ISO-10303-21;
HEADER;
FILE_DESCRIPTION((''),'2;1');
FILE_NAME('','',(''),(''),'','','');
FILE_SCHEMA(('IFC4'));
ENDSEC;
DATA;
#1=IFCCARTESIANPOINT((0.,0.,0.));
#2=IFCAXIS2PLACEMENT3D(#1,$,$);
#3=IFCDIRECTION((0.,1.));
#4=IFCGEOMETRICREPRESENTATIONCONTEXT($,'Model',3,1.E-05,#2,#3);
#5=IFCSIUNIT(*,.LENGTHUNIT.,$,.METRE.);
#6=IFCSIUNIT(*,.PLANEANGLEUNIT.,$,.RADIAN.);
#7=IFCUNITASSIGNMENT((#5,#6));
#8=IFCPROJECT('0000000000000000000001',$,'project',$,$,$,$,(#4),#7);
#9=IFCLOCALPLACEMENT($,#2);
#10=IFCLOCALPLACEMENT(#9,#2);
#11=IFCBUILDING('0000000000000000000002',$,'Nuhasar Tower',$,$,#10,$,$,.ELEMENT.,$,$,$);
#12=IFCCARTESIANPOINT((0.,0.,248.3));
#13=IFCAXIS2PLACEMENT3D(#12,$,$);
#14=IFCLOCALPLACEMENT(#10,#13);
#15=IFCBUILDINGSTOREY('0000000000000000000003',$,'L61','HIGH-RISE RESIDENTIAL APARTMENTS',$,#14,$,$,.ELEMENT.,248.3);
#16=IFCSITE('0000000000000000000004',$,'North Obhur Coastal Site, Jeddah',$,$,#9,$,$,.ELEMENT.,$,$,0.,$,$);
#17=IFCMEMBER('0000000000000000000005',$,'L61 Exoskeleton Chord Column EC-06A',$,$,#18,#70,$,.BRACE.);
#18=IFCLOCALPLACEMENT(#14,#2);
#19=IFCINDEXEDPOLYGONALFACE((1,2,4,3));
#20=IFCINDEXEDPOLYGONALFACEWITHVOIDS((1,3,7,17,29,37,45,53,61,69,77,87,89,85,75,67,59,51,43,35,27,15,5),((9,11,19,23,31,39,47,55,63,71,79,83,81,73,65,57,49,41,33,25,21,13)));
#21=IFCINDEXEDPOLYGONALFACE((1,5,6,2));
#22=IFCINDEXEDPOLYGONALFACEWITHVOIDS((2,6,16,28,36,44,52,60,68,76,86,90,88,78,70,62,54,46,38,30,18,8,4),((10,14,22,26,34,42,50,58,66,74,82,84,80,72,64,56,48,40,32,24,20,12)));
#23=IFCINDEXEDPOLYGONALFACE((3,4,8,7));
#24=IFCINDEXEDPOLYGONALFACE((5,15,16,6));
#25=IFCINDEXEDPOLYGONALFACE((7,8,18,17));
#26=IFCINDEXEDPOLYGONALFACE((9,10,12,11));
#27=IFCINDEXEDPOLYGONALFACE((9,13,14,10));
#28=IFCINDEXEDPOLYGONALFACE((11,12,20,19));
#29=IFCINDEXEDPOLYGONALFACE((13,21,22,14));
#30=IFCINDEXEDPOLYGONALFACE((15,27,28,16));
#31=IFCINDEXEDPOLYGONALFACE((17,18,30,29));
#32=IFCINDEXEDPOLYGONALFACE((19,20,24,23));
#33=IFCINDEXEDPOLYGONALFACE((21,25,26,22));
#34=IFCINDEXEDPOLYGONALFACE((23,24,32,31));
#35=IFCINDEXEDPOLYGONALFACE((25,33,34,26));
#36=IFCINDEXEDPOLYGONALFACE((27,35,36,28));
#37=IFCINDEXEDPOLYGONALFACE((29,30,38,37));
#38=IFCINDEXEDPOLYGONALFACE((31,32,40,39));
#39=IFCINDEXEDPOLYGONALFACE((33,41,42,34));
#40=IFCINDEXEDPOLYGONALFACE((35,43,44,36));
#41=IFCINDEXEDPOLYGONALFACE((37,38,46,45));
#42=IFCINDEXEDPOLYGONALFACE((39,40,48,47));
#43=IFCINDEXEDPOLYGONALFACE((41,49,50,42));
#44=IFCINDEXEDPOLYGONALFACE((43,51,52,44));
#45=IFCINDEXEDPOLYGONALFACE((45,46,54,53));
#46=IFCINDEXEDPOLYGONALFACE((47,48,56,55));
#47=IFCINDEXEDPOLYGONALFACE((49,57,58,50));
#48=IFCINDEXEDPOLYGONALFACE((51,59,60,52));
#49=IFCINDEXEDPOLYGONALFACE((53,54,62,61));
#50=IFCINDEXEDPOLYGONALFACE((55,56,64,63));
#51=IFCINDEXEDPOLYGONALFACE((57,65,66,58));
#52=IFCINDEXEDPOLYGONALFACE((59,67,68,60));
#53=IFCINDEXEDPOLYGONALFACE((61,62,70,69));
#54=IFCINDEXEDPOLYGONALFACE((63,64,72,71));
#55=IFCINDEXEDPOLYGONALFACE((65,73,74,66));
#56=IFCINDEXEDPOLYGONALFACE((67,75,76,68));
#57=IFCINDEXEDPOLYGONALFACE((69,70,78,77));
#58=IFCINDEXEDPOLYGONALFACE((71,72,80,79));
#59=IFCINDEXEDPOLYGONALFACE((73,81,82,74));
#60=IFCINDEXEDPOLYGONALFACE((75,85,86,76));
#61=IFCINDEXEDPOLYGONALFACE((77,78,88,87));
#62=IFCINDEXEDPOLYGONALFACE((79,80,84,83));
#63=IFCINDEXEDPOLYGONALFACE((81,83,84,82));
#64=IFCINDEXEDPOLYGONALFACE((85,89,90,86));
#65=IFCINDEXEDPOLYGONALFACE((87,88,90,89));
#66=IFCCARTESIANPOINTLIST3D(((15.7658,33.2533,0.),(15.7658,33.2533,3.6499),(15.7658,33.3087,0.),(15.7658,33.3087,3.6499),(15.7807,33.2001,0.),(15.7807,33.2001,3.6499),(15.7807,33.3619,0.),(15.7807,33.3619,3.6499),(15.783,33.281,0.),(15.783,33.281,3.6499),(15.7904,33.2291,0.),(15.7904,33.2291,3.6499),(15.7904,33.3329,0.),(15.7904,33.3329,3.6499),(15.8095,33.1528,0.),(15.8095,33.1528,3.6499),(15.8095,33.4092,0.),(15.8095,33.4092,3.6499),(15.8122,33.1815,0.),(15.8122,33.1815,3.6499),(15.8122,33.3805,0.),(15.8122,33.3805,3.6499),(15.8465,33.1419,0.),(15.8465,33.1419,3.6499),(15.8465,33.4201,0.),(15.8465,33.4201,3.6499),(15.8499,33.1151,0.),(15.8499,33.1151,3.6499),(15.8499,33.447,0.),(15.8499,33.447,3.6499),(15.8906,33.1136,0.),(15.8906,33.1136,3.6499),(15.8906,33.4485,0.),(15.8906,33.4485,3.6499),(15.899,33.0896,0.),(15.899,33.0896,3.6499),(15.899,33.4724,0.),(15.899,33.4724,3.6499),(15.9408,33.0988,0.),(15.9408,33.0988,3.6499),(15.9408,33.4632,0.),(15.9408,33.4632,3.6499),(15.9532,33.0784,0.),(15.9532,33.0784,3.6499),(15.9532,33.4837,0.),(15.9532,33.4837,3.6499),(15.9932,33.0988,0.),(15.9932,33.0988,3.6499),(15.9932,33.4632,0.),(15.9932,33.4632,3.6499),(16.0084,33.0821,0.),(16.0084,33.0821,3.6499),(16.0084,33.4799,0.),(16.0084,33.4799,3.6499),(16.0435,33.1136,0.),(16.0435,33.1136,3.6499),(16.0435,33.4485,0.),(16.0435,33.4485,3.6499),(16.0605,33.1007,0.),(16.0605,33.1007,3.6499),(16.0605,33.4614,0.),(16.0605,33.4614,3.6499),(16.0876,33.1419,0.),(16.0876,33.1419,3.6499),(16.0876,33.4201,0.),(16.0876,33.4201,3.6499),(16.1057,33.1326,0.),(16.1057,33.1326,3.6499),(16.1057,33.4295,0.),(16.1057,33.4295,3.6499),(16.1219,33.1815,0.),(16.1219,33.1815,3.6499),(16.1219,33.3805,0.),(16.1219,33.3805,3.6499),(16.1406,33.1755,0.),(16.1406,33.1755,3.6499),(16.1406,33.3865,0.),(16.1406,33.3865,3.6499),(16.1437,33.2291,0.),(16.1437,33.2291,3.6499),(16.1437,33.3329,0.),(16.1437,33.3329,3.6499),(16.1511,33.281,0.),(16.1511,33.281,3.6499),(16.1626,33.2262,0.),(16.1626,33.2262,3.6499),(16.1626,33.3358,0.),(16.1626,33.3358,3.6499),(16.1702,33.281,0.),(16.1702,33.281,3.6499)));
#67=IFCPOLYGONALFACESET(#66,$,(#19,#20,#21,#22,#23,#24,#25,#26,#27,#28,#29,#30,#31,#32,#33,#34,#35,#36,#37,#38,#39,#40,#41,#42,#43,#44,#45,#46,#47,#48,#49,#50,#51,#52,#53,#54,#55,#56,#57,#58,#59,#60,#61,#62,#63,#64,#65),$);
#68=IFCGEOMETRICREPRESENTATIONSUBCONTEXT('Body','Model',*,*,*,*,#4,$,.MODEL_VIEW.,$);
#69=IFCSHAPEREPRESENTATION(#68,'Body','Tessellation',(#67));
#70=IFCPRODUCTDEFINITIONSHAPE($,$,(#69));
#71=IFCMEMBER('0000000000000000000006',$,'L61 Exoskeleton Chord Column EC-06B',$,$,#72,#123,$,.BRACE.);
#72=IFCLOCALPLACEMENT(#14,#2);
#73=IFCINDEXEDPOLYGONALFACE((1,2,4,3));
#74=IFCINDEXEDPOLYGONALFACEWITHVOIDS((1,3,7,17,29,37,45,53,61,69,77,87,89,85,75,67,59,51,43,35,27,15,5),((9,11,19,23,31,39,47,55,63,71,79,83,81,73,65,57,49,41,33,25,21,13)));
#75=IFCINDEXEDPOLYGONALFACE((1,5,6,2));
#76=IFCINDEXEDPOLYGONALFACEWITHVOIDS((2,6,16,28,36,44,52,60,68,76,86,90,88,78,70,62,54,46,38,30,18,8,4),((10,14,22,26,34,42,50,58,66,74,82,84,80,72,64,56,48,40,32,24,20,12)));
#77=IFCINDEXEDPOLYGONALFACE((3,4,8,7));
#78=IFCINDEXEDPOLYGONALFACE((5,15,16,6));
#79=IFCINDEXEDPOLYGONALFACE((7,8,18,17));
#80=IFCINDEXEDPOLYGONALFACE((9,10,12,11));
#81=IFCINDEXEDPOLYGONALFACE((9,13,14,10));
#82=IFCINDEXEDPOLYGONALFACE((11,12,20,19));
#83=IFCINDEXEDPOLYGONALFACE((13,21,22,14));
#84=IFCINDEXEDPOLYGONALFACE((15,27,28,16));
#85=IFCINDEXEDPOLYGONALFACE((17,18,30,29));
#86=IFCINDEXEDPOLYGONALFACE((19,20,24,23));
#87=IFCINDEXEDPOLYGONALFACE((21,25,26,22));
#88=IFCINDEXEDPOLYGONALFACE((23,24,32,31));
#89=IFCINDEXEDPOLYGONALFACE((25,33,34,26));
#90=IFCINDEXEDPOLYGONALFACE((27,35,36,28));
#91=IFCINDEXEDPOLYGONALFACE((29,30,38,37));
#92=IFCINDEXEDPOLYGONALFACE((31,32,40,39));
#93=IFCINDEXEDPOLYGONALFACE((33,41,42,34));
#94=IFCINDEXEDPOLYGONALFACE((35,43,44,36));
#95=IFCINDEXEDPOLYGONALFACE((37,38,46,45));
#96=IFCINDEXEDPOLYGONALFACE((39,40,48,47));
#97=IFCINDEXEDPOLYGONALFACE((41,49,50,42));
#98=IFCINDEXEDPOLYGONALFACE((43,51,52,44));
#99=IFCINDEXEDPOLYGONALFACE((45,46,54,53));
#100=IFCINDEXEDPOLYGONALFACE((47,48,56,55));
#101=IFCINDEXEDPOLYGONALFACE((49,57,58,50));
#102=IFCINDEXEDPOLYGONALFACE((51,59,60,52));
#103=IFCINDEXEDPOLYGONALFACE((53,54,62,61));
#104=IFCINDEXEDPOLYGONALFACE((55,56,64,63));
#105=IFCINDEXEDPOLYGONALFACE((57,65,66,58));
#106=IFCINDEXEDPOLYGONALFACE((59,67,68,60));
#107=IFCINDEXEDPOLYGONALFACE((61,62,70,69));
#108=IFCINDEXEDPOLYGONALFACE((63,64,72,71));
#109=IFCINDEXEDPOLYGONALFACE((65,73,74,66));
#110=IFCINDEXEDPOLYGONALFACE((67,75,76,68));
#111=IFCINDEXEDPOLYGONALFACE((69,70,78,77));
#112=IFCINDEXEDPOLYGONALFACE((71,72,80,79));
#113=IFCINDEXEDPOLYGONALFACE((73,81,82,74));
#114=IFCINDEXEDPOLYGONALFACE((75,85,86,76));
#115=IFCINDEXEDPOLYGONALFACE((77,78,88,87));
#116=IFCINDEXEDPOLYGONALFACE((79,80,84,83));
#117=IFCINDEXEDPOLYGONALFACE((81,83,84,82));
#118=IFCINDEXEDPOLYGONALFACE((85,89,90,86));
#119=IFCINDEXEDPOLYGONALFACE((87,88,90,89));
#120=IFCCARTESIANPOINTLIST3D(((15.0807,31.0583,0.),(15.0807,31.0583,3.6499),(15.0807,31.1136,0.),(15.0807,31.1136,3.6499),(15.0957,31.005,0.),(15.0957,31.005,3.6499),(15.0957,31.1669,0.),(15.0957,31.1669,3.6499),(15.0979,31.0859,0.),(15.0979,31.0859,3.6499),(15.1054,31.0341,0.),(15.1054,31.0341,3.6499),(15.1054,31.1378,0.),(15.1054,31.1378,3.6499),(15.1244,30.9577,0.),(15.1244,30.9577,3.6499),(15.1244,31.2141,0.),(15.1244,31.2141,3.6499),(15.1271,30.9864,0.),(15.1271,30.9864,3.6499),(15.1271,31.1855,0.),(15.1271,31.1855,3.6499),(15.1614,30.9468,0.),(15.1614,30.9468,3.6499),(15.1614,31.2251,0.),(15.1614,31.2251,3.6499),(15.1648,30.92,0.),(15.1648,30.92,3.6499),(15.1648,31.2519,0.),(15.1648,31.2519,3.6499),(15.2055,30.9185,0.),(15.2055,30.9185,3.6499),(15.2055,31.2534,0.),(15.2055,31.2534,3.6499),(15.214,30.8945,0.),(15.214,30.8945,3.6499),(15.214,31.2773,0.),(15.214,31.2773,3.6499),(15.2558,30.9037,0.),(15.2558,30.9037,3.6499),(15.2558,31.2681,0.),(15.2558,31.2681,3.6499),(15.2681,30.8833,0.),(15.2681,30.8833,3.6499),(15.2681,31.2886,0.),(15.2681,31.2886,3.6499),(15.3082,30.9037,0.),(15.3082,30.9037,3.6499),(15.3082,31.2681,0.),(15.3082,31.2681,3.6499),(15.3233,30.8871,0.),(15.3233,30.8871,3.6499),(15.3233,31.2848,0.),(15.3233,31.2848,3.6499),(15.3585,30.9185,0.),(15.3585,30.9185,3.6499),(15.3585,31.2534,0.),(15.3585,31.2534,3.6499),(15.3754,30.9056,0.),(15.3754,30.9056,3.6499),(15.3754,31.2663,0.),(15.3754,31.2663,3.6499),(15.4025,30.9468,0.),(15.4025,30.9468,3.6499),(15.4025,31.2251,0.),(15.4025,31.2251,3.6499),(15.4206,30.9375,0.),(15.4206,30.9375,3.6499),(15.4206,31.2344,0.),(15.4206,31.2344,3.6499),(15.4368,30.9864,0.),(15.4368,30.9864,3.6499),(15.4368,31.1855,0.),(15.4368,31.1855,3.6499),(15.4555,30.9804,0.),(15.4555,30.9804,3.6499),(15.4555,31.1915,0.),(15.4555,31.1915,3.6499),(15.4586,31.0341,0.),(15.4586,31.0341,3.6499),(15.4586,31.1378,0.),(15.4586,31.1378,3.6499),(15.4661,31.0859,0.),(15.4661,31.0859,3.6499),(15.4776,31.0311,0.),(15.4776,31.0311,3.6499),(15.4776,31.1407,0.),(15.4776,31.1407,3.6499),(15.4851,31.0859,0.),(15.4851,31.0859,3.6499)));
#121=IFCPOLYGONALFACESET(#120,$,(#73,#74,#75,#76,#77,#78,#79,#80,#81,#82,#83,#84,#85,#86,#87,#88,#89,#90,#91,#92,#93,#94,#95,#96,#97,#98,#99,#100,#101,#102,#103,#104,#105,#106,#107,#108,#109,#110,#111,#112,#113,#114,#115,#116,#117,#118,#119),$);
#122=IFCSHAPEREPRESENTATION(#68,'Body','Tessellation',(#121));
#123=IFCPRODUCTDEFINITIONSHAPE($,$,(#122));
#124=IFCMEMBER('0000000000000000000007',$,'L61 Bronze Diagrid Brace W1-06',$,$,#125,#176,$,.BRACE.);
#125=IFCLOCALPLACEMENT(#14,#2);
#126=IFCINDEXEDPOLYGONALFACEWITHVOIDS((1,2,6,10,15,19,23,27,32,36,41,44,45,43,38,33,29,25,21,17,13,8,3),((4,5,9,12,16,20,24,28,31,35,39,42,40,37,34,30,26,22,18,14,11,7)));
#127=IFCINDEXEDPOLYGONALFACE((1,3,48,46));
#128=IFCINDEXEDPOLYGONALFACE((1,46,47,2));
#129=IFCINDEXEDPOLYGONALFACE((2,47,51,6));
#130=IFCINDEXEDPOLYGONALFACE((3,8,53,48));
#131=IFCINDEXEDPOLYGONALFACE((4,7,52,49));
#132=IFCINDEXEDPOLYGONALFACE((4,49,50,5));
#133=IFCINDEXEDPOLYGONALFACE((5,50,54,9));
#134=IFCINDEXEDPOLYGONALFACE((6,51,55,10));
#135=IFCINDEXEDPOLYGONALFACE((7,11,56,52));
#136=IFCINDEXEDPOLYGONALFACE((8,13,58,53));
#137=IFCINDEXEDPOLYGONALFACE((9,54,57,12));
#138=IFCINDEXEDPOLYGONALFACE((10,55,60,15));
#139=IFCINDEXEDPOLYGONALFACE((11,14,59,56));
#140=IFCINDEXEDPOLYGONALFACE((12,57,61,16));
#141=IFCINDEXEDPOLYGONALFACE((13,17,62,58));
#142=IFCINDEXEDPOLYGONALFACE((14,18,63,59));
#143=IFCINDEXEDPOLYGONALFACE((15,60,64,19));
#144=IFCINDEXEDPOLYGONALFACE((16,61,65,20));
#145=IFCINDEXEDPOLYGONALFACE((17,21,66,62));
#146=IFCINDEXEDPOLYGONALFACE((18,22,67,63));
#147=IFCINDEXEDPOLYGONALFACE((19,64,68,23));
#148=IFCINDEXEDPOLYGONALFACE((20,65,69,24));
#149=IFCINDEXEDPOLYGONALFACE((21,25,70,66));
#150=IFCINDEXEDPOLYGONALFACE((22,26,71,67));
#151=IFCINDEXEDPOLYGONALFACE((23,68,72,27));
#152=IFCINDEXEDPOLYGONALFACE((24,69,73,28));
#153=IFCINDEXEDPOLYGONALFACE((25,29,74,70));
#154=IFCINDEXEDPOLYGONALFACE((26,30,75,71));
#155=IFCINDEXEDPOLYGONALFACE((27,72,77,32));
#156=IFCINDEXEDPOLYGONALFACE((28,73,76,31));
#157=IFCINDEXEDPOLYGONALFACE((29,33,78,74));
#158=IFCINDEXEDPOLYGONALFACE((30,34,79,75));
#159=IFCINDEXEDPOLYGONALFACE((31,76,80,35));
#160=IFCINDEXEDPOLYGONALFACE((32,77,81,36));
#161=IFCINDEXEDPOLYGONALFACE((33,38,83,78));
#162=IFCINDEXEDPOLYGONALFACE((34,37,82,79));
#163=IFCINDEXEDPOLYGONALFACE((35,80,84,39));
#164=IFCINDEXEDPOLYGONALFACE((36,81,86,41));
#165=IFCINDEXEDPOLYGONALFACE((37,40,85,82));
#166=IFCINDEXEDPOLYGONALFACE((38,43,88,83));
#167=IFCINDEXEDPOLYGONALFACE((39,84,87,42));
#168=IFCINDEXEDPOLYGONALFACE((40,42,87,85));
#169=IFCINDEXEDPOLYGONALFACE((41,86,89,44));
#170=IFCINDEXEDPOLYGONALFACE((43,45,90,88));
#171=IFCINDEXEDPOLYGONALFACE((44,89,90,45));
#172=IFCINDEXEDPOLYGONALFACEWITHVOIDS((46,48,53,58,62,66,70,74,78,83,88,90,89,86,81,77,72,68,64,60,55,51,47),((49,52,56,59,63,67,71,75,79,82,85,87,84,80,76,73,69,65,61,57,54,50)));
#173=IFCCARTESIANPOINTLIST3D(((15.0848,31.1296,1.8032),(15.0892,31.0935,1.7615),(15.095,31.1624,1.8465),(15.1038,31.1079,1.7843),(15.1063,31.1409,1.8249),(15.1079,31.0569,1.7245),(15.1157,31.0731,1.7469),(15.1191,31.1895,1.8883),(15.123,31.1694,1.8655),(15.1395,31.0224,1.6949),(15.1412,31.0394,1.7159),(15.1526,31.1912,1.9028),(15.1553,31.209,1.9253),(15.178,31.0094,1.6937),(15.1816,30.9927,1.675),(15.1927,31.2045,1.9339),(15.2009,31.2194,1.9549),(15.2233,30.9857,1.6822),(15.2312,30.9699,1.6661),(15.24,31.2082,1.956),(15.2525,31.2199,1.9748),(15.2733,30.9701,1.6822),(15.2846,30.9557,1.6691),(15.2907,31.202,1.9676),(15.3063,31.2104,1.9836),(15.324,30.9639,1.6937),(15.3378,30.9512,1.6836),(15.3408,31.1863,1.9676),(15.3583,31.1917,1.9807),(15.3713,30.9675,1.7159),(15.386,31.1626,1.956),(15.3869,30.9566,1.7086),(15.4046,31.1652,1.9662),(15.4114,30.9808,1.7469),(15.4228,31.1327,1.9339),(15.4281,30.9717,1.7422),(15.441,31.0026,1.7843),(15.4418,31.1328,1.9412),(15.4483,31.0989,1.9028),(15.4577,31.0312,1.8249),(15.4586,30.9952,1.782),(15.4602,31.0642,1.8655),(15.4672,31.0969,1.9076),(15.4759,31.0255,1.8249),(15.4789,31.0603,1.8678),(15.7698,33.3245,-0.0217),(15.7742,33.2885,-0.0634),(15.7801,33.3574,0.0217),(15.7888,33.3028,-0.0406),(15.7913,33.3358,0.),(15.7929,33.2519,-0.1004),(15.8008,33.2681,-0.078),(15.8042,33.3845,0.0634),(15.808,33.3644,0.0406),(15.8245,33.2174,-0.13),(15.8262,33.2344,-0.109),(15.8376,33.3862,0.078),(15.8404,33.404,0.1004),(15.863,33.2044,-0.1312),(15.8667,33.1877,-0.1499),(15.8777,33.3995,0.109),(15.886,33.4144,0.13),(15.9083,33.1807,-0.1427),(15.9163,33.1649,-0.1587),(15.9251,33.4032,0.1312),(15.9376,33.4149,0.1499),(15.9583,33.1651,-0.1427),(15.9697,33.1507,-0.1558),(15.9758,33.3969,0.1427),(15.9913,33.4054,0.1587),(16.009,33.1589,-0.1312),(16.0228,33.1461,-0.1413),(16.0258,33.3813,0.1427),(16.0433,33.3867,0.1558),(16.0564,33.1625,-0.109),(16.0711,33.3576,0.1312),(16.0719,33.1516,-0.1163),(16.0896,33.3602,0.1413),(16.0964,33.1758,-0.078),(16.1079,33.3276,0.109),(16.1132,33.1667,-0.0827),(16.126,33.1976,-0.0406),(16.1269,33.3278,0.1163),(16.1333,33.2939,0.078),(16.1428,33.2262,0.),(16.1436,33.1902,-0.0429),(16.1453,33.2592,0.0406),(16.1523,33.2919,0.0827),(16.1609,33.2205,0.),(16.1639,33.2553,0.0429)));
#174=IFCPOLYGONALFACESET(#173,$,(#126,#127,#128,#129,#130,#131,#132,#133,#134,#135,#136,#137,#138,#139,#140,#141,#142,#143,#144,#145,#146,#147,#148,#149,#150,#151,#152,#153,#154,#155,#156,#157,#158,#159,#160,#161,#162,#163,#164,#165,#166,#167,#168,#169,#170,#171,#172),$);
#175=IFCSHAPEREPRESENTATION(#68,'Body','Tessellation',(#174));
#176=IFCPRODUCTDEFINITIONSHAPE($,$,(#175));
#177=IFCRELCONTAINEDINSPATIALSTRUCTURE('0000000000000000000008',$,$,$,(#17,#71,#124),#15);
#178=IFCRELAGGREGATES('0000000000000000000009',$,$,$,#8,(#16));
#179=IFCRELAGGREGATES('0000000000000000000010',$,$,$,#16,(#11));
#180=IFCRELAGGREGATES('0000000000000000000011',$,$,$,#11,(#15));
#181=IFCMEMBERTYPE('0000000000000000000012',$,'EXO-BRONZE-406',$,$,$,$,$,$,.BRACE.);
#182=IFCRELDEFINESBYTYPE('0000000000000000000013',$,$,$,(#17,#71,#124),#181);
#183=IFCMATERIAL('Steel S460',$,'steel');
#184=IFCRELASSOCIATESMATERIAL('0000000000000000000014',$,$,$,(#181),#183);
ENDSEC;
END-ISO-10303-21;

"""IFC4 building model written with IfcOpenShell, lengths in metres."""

from ifc_helpers import new_model, si_unit, direction, frame, origin, origin_2d, place, context, subcontext, project, spatial, hollow_circle, extrude, material, material_profile, profile_set, type_object, element, save


model = new_model("IFC4")

# Units and contexts
model_context = context("Model", 3, precision=1e-05, world=origin(), true_north=direction((0.0, 1.0)))
body_context = subcontext(model_context, "Body", "Model", "MODEL_VIEW")
ifc_project = project(units=[si_unit("LENGTHUNIT", "METRE"), si_unit("PLANEANGLEUNIT", "RADIAN")], contexts=[model_context])

# Site, building, storey
site_placement = place(None, origin())
site = spatial("IfcSite", under=ifc_project, at=site_placement, Name="North Obhur Coastal Site, Jeddah", CompositionType="ELEMENT", RefElevation=0.0)
building_placement = place(site_placement, origin())
building = spatial("IfcBuilding", under=site, at=building_placement, Name="Nuhasar Tower", CompositionType="ELEMENT")
storey_placement = place(building_placement, frame((0.0, 0.0, 248.3)))
storey = spatial("IfcBuildingStorey", under=building, at=storey_placement, Name="L61", Description="HIGH-RISE RESIDENTIAL APARTMENTS", CompositionType="ELEMENT", Elevation=248.3)

# Members
ifc_material_1 = material(Name="Steel S460", Category="steel")
ifc_material_profile_1 = material_profile(ifc_material_1, hollow_circle(Radius=0.2031, WallThickness=0.019, at=origin_2d()), Name="HSS406.4X19.1")
ifc_profile_set_1 = profile_set([ifc_material_profile_1], Name="Steel S460")
member_type_1 = type_object("IfcMemberType", Name="EXO-BRONZE-406", PredefinedType="BRACE", material=ifc_profile_set_1)
for number, where, z_axis, x_axis, name in (
    (1, (15.967, 33.281, 0.0), (0.0, 0.0, 1.0), (1.0, 0.0, 0.0), "L61 Exoskeleton Chord Column EC-06A"),
    (2, (15.282, 31.0859, 0.0), (0.0, 0.0, 1.0), (1.0, 0.0, 0.0), "L61 Exoskeleton Chord Column EC-06B"),
):
    element("IfcMember", number, at=place(storey_placement, frame(where, z_axis=z_axis, x_axis=x_axis)), inside=storey, type_object=member_type_1, Name=name, PredefinedType="BRACE", context=body_context, shape_type="SweptSolid", body=[
        extrude(hollow_circle(Radius=0.2031, WallThickness=0.019, at=origin_2d()), origin(), (0.0, 0.0, 1.0), 3.6499),
    ])
for number, where, z_axis, x_axis, name in (
    (3, (15.967, 33.281, 0.0), (-0.233358, -0.747727, 0.62165), (0.954591, -0.297918, 0.0), "L61 Bronze Diagrid Brace W1-06"),
):
    element("IfcMember", number, at=place(storey_placement, frame(where, z_axis=z_axis, x_axis=x_axis)), inside=storey, type_object=member_type_1, Name=name, PredefinedType="BRACE", context=body_context, shape_type="SweptSolid", body=[
        extrude(hollow_circle(Radius=0.2031, WallThickness=0.019, at=origin_2d()), origin(), (0.0, 0.0, 1.0), 2.9355),
    ])

save(model, "model.ifc")
